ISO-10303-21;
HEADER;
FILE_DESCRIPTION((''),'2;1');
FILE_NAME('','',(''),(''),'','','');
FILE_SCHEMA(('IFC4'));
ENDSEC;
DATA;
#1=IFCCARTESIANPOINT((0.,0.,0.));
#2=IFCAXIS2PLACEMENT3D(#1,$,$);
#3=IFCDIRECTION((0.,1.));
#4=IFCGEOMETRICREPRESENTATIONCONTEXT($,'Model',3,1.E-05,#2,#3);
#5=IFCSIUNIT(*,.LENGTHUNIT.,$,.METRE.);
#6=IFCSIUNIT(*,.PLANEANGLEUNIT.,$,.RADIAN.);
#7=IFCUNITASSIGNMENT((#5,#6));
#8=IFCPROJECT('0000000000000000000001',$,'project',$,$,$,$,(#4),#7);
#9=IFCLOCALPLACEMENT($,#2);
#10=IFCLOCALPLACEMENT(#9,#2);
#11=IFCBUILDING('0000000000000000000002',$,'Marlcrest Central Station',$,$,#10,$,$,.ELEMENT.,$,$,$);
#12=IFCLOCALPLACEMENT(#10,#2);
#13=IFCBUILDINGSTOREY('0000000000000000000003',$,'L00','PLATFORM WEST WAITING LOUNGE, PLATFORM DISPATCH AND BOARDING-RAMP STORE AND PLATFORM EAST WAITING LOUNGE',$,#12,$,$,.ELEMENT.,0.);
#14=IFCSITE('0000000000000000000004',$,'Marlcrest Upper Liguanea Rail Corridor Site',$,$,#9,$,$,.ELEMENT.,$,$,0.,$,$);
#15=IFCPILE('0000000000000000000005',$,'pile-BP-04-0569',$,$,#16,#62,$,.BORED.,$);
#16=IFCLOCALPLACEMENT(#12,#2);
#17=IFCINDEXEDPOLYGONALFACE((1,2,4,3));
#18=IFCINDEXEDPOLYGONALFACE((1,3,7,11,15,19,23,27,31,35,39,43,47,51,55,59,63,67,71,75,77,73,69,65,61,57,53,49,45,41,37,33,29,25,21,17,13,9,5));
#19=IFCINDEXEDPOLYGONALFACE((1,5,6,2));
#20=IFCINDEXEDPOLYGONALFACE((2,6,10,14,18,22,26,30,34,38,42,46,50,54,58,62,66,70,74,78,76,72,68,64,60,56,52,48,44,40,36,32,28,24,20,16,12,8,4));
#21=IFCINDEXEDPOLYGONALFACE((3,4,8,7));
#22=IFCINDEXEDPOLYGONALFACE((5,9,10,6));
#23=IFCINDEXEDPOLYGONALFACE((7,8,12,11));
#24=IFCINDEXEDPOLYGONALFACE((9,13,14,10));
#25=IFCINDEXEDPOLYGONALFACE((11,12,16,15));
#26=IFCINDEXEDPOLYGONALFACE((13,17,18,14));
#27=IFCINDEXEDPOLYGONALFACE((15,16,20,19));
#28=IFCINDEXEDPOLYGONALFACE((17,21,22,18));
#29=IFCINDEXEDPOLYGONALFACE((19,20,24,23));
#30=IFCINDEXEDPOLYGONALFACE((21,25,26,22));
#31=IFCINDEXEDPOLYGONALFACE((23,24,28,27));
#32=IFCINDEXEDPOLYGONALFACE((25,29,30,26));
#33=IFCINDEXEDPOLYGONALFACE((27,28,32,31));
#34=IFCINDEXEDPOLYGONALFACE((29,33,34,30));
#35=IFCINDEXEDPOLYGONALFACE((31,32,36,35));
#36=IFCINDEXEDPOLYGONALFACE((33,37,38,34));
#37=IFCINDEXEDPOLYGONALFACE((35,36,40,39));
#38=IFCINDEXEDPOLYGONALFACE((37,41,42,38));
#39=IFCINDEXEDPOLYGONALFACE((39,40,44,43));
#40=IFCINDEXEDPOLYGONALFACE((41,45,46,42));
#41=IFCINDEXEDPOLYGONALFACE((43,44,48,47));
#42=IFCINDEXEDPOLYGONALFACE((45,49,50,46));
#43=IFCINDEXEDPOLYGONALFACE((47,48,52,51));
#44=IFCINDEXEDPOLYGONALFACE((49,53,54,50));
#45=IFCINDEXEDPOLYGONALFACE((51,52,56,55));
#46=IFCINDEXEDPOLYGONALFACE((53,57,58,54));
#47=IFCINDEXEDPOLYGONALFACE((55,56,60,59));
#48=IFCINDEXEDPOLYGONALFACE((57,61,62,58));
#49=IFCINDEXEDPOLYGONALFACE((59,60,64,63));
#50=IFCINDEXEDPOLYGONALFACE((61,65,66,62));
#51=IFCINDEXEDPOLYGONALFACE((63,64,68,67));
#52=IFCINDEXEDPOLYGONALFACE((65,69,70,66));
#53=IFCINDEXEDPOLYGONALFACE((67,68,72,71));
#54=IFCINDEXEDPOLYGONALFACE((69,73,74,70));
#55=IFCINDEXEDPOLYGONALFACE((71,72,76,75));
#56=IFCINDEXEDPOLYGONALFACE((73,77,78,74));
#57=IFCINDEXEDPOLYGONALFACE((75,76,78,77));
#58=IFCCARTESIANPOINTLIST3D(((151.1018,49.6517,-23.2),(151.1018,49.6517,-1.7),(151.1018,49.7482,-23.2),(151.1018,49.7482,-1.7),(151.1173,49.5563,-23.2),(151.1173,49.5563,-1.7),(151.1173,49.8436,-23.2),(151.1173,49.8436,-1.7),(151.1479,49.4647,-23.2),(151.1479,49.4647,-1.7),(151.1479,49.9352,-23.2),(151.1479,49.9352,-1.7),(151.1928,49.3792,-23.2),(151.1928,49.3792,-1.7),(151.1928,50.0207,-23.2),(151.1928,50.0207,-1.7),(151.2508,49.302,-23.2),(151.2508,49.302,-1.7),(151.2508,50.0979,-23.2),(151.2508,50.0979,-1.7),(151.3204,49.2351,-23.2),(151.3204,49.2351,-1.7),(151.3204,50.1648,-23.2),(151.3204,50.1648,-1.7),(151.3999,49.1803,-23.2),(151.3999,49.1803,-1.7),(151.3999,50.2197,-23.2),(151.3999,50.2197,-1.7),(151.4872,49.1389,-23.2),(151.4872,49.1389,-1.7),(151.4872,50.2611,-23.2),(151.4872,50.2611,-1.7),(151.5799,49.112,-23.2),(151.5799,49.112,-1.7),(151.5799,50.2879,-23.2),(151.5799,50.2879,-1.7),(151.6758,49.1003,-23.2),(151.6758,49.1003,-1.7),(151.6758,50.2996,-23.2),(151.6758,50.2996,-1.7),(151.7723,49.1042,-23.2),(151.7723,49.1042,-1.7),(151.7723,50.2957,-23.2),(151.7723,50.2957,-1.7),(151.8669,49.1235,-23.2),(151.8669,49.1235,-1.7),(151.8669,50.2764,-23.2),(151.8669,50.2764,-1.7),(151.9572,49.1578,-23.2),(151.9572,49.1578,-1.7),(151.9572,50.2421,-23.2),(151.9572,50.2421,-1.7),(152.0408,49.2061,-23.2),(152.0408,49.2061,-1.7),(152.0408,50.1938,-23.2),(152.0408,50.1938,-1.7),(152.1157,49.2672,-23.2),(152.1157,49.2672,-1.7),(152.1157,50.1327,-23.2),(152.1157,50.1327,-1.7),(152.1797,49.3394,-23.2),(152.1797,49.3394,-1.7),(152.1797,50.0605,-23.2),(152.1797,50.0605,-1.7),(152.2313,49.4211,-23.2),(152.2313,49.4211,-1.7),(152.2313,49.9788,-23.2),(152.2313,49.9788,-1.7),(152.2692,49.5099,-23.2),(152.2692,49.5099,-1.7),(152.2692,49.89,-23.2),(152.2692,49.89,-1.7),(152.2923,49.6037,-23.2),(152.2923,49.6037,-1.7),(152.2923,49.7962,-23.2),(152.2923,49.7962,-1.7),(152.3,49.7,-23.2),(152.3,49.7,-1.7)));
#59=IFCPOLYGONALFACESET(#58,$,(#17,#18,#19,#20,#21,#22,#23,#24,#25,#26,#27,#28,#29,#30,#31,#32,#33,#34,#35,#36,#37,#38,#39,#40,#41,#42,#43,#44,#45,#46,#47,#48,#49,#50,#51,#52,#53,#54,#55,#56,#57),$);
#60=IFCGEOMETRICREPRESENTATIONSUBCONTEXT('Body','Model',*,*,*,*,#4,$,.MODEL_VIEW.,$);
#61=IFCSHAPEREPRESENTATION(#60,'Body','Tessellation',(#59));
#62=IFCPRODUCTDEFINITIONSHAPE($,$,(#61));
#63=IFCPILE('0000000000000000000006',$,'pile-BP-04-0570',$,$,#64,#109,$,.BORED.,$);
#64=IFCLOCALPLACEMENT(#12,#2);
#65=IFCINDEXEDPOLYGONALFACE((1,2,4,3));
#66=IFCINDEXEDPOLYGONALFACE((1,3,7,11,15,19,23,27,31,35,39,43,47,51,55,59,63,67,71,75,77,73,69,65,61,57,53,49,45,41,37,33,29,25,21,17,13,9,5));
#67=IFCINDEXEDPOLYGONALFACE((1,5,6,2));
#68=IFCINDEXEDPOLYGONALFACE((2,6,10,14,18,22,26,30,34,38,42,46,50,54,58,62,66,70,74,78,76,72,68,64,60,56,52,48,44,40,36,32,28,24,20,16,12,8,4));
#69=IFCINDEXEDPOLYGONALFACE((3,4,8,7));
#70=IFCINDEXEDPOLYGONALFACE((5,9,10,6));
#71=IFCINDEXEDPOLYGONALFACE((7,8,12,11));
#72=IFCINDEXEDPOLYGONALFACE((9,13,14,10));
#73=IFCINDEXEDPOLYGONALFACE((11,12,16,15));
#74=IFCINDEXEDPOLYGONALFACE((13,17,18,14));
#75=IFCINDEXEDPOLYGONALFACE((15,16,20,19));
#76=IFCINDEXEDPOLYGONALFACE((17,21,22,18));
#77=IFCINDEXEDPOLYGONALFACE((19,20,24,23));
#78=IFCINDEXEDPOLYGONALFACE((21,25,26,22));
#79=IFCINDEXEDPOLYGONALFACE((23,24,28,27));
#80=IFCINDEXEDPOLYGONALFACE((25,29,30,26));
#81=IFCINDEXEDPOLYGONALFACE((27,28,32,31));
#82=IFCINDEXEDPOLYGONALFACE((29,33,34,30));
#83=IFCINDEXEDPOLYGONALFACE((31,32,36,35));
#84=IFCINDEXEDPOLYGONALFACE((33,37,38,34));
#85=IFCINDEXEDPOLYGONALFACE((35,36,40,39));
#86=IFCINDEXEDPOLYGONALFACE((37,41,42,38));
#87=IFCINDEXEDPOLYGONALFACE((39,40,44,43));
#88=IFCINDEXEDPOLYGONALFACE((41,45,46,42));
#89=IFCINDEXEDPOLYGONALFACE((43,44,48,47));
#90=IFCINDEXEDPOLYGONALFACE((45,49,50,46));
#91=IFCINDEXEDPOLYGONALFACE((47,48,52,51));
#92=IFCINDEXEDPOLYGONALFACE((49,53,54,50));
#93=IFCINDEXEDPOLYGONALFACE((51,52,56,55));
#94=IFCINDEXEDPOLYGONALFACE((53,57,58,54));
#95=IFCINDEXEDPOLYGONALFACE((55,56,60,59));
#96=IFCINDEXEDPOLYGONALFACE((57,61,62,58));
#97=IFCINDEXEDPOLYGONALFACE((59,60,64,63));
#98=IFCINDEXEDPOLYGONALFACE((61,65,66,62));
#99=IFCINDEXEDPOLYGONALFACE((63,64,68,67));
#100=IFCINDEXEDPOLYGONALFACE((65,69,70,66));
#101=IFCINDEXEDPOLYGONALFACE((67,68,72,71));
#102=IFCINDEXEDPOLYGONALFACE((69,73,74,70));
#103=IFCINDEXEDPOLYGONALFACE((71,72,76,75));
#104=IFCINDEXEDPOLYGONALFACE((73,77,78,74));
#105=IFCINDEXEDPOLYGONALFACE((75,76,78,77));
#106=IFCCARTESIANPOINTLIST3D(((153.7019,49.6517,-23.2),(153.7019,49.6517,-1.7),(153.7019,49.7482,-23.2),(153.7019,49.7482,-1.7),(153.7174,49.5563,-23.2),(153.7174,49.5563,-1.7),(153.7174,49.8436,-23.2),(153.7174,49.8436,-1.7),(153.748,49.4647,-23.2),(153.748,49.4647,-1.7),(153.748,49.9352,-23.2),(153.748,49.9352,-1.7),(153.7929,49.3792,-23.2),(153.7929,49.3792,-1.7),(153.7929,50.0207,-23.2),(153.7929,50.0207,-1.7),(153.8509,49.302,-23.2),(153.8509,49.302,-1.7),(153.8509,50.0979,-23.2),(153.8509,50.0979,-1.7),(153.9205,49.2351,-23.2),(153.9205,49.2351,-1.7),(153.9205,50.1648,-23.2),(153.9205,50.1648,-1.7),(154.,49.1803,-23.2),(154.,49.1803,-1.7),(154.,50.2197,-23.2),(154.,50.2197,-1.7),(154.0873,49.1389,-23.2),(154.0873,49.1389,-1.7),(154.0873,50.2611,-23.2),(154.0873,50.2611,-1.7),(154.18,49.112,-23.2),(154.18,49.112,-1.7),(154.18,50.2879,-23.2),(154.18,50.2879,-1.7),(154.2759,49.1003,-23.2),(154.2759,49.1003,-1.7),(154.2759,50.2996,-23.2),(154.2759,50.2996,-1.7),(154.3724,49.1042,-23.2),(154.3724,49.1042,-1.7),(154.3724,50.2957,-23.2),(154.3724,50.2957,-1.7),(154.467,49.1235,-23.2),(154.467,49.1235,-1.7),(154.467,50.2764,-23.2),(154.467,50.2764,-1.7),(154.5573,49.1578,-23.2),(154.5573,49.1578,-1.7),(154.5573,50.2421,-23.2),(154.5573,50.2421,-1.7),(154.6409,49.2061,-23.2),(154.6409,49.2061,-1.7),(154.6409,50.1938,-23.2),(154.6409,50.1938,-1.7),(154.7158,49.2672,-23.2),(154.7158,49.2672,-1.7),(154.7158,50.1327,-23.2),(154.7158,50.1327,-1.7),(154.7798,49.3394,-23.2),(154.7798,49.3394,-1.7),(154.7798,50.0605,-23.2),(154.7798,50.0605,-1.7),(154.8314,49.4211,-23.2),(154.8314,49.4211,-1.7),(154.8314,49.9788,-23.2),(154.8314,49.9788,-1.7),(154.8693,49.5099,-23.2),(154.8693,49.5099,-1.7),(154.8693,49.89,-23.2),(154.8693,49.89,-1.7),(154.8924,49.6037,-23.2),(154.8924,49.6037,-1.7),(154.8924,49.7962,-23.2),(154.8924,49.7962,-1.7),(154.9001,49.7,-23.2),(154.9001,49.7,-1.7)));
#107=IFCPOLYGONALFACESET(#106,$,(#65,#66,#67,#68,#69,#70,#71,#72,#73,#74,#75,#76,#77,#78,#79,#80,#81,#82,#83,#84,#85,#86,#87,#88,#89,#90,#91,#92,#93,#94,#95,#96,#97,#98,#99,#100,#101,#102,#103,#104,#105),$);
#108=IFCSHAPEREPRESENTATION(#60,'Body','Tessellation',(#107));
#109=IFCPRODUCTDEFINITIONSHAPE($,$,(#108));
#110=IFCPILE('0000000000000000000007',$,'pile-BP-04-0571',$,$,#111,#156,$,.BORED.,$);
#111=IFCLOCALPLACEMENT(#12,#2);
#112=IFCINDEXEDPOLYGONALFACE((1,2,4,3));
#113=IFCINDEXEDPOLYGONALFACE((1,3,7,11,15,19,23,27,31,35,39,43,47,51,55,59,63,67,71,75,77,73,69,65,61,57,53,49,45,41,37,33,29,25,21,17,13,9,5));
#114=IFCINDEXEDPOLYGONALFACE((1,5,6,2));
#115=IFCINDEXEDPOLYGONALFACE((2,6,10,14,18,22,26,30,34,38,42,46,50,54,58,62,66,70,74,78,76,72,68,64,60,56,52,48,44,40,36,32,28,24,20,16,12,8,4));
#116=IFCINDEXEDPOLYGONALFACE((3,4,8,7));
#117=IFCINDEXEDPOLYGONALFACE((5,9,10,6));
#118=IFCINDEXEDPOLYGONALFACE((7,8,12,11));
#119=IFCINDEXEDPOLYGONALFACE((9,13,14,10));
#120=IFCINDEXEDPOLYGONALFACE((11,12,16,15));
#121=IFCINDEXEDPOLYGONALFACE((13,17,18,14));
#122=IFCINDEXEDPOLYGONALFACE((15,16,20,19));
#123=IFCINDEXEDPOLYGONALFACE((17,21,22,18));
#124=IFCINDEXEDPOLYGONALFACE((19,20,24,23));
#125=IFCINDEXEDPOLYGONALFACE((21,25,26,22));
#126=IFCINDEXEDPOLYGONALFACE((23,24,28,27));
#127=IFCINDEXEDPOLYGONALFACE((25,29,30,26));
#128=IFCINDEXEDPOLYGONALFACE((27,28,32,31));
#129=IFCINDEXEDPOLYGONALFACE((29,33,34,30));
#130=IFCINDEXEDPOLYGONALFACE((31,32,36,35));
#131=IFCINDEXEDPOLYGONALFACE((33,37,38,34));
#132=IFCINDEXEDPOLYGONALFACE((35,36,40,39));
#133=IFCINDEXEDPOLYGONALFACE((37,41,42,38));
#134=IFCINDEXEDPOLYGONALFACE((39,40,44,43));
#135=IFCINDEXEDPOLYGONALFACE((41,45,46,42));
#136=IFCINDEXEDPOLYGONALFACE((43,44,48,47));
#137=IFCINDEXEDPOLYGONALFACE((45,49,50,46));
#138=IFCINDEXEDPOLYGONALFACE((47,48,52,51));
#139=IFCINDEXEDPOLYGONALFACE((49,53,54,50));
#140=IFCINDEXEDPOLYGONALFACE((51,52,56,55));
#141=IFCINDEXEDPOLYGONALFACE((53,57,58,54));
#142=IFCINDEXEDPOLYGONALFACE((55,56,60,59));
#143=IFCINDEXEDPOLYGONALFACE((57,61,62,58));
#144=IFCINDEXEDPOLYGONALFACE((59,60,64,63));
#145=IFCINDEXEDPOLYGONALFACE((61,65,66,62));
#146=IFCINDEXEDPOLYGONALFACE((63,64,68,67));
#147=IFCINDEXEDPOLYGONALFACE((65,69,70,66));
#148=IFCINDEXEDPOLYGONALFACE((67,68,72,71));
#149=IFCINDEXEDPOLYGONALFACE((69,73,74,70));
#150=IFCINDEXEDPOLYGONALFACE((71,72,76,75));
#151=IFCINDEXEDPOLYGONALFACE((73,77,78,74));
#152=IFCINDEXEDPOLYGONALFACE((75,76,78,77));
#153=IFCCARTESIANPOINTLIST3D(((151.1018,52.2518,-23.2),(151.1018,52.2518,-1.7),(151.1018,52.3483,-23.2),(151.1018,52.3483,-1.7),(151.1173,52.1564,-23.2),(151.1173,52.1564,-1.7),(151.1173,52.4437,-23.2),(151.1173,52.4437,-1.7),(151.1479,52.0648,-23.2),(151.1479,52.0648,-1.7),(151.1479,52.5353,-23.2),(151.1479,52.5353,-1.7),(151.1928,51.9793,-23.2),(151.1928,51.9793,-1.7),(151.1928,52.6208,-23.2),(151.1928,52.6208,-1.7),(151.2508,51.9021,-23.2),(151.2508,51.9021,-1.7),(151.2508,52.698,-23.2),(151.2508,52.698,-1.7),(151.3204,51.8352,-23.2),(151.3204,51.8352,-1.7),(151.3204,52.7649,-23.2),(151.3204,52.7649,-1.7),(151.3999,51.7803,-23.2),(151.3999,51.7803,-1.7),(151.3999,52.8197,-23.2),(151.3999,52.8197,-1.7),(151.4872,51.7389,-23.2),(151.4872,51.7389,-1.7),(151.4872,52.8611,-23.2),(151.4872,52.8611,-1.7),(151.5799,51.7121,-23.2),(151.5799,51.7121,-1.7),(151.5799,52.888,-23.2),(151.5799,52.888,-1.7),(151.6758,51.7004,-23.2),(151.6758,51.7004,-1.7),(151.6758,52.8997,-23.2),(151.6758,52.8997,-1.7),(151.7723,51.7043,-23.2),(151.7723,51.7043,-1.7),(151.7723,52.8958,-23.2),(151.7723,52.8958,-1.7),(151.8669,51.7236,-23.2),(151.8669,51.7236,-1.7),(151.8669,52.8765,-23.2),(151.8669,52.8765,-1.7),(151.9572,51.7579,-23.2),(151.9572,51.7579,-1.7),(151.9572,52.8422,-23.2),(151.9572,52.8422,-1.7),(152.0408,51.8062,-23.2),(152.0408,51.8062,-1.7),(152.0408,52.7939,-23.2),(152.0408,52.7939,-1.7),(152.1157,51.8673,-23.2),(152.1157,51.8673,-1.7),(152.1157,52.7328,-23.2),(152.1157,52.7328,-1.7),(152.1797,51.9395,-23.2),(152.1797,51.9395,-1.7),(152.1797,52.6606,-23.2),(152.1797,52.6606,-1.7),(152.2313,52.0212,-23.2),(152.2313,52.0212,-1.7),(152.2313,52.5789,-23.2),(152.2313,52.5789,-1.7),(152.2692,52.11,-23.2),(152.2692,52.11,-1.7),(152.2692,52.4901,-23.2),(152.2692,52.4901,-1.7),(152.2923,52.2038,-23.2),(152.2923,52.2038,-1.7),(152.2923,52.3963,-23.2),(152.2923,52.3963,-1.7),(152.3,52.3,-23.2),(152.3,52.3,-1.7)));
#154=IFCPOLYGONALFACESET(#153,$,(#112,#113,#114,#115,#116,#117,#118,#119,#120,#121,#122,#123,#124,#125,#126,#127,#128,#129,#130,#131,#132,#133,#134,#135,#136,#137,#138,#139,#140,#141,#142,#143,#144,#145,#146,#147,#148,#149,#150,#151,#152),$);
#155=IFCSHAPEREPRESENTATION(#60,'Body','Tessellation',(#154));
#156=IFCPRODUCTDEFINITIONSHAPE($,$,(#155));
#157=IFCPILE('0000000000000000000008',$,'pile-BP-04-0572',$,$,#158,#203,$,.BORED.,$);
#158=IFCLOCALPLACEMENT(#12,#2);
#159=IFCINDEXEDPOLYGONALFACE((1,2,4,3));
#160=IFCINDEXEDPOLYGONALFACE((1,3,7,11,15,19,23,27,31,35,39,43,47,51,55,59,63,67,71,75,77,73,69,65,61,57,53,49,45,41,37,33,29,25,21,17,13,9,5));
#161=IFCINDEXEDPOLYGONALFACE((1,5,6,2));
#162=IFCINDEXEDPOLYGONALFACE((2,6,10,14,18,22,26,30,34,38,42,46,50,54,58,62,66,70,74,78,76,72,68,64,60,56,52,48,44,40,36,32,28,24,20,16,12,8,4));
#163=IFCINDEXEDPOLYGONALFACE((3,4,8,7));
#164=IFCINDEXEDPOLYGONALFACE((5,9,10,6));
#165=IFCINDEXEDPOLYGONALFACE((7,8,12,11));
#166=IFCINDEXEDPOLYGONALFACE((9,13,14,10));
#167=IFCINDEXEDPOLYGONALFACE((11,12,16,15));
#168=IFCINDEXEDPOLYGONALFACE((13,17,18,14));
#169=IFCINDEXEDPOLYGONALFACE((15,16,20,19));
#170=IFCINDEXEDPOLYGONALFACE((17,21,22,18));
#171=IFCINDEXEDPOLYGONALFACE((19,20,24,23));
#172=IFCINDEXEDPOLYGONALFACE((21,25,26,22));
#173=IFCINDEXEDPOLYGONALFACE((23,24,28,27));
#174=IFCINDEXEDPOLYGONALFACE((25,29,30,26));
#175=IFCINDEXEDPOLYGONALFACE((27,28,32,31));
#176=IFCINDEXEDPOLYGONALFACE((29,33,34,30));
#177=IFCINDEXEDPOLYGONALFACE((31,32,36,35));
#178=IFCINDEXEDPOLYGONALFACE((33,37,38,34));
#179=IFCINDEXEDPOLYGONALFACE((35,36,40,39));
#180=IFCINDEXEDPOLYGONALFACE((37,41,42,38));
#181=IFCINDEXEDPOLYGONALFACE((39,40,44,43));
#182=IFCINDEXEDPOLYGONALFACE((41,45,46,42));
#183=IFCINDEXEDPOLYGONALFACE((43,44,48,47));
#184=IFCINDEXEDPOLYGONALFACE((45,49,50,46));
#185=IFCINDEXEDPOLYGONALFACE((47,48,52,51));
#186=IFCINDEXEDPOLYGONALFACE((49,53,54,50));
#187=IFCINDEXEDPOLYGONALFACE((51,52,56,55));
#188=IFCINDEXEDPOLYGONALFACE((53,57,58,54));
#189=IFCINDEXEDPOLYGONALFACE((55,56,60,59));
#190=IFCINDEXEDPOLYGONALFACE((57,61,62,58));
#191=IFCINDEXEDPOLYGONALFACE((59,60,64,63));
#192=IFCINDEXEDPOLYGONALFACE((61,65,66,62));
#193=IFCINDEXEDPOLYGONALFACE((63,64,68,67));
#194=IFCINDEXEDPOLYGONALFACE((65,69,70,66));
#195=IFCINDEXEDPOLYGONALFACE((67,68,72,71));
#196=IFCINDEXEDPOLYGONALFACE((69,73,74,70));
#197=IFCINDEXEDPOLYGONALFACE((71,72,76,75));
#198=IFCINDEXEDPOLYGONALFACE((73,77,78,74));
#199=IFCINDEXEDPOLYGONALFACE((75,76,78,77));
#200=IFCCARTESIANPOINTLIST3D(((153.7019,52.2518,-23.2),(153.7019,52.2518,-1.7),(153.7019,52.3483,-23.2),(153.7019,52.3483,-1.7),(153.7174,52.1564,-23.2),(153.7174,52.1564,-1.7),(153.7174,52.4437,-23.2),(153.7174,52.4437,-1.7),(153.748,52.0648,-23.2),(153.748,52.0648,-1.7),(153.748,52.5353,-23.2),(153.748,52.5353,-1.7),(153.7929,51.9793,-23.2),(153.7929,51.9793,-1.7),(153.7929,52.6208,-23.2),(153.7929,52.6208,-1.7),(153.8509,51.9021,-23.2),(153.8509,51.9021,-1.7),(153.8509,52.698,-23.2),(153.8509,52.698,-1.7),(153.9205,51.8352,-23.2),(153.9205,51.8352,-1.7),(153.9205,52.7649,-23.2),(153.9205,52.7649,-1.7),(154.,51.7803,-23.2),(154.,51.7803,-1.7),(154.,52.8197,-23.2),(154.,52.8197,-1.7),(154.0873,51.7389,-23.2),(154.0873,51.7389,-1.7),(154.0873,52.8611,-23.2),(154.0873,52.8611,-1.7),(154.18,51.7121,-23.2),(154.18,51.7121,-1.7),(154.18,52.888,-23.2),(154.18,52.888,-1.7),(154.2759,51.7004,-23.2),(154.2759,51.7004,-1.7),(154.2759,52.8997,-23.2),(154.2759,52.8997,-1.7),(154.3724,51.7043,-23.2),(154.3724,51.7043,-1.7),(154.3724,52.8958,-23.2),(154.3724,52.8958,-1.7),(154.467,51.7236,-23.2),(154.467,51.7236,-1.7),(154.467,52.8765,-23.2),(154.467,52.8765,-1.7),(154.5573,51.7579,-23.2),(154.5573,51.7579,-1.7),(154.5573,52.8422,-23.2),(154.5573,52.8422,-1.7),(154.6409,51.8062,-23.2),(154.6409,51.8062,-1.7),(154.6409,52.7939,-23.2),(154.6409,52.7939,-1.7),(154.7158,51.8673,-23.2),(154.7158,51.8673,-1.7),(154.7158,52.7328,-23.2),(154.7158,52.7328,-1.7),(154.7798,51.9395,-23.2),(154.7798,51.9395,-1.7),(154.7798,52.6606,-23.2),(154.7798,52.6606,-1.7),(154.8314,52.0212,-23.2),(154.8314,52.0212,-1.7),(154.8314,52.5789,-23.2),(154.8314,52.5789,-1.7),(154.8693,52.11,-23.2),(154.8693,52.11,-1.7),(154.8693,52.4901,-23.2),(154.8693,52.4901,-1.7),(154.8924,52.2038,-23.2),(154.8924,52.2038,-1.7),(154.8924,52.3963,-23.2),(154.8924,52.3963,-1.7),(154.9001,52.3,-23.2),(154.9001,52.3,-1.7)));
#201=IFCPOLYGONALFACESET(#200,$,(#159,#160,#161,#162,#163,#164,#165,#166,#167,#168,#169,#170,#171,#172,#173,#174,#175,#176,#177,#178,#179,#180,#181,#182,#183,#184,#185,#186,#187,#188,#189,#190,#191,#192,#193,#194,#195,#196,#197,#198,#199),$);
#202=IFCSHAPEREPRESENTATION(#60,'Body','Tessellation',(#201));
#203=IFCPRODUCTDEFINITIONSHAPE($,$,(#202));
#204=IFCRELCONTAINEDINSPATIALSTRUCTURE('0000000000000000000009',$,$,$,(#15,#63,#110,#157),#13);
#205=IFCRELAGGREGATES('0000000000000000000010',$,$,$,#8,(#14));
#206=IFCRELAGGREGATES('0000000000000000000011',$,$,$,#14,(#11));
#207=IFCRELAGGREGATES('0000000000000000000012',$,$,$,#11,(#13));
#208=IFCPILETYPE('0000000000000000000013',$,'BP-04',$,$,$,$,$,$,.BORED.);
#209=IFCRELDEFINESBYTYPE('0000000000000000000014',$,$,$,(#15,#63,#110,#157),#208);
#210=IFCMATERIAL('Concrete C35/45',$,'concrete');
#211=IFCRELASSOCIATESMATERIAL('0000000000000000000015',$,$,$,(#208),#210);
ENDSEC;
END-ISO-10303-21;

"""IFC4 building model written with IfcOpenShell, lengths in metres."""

from ifc_helpers import new_model, si_unit, direction, frame, origin, origin_2d, place, context, subcontext, project, spatial, circle, extrude, material, material_profile, profile_set, type_object, element, save


model = new_model("IFC4")

# Units and contexts
model_context = context("Model", 3, precision=1e-05, world=origin(), true_north=direction((0.0, 1.0)))
body_context = subcontext(model_context, "Body", "Model", "MODEL_VIEW")
ifc_project = project(units=[si_unit("LENGTHUNIT", "METRE"), si_unit("PLANEANGLEUNIT", "RADIAN")], contexts=[model_context])

# Site, building, storey
site_placement = place(None, origin())
site = spatial("IfcSite", under=ifc_project, at=site_placement, Name="Marlcrest Upper Liguanea Rail Corridor Site", CompositionType="ELEMENT", RefElevation=0.0)
building_placement = place(site_placement, origin())
building = spatial("IfcBuilding", under=site, at=building_placement, Name="Marlcrest Central Station", CompositionType="ELEMENT")
storey_placement = place(building_placement, origin())
storey = spatial("IfcBuildingStorey", under=building, at=storey_placement, Name="L00", Description="PLATFORM WEST WAITING LOUNGE, PLATFORM DISPATCH AND BOARDING-RAMP STORE AND PLATFORM EAST WAITING LOUNGE", CompositionType="ELEMENT", Elevation=0.0)

# Piles
ifc_material_1 = material(Name="Concrete C35/45", Category="concrete")
ifc_material_profile_1 = material_profile(ifc_material_1, circle(Radius=0.6001, at=origin_2d()), Name="PILE D1200")
ifc_profile_set_1 = profile_set([ifc_material_profile_1], Name="Concrete C35/45")
pile_type = type_object("IfcPileType", Name="BP-04", PredefinedType="BORED", material=ifc_profile_set_1)
for number, where, z_axis, x_axis, name in (
    (1, (151.7, 49.7, -1.7), (0.0, 0.0, -1.0), (1.0, 0.0, 0.0), "pile-BP-04-0569"),
    (2, (154.3, 49.7, -1.7), (0.0, 0.0, -1.0), (1.0, 0.0, 0.0), "pile-BP-04-0570"),
    (3, (151.7, 52.3, -1.7), (0.0, 0.0, -1.0), (1.0, 0.0, 0.0), "pile-BP-04-0571"),
    (4, (154.3, 52.3, -1.7), (0.0, 0.0, -1.0), (1.0, 0.0, 0.0), "pile-BP-04-0572"),
):
    element("IfcPile", number, at=place(storey_placement, frame(where, z_axis=z_axis, x_axis=x_axis)), inside=storey, type_object=pile_type, Name=name, PredefinedType="BORED", context=body_context, shape_type="SweptSolid", body=[
        extrude(circle(Radius=0.6001, at=origin_2d()), origin(), (0.0, 0.0, 1.0), 21.5),
    ])

save(model, "model.ifc")
